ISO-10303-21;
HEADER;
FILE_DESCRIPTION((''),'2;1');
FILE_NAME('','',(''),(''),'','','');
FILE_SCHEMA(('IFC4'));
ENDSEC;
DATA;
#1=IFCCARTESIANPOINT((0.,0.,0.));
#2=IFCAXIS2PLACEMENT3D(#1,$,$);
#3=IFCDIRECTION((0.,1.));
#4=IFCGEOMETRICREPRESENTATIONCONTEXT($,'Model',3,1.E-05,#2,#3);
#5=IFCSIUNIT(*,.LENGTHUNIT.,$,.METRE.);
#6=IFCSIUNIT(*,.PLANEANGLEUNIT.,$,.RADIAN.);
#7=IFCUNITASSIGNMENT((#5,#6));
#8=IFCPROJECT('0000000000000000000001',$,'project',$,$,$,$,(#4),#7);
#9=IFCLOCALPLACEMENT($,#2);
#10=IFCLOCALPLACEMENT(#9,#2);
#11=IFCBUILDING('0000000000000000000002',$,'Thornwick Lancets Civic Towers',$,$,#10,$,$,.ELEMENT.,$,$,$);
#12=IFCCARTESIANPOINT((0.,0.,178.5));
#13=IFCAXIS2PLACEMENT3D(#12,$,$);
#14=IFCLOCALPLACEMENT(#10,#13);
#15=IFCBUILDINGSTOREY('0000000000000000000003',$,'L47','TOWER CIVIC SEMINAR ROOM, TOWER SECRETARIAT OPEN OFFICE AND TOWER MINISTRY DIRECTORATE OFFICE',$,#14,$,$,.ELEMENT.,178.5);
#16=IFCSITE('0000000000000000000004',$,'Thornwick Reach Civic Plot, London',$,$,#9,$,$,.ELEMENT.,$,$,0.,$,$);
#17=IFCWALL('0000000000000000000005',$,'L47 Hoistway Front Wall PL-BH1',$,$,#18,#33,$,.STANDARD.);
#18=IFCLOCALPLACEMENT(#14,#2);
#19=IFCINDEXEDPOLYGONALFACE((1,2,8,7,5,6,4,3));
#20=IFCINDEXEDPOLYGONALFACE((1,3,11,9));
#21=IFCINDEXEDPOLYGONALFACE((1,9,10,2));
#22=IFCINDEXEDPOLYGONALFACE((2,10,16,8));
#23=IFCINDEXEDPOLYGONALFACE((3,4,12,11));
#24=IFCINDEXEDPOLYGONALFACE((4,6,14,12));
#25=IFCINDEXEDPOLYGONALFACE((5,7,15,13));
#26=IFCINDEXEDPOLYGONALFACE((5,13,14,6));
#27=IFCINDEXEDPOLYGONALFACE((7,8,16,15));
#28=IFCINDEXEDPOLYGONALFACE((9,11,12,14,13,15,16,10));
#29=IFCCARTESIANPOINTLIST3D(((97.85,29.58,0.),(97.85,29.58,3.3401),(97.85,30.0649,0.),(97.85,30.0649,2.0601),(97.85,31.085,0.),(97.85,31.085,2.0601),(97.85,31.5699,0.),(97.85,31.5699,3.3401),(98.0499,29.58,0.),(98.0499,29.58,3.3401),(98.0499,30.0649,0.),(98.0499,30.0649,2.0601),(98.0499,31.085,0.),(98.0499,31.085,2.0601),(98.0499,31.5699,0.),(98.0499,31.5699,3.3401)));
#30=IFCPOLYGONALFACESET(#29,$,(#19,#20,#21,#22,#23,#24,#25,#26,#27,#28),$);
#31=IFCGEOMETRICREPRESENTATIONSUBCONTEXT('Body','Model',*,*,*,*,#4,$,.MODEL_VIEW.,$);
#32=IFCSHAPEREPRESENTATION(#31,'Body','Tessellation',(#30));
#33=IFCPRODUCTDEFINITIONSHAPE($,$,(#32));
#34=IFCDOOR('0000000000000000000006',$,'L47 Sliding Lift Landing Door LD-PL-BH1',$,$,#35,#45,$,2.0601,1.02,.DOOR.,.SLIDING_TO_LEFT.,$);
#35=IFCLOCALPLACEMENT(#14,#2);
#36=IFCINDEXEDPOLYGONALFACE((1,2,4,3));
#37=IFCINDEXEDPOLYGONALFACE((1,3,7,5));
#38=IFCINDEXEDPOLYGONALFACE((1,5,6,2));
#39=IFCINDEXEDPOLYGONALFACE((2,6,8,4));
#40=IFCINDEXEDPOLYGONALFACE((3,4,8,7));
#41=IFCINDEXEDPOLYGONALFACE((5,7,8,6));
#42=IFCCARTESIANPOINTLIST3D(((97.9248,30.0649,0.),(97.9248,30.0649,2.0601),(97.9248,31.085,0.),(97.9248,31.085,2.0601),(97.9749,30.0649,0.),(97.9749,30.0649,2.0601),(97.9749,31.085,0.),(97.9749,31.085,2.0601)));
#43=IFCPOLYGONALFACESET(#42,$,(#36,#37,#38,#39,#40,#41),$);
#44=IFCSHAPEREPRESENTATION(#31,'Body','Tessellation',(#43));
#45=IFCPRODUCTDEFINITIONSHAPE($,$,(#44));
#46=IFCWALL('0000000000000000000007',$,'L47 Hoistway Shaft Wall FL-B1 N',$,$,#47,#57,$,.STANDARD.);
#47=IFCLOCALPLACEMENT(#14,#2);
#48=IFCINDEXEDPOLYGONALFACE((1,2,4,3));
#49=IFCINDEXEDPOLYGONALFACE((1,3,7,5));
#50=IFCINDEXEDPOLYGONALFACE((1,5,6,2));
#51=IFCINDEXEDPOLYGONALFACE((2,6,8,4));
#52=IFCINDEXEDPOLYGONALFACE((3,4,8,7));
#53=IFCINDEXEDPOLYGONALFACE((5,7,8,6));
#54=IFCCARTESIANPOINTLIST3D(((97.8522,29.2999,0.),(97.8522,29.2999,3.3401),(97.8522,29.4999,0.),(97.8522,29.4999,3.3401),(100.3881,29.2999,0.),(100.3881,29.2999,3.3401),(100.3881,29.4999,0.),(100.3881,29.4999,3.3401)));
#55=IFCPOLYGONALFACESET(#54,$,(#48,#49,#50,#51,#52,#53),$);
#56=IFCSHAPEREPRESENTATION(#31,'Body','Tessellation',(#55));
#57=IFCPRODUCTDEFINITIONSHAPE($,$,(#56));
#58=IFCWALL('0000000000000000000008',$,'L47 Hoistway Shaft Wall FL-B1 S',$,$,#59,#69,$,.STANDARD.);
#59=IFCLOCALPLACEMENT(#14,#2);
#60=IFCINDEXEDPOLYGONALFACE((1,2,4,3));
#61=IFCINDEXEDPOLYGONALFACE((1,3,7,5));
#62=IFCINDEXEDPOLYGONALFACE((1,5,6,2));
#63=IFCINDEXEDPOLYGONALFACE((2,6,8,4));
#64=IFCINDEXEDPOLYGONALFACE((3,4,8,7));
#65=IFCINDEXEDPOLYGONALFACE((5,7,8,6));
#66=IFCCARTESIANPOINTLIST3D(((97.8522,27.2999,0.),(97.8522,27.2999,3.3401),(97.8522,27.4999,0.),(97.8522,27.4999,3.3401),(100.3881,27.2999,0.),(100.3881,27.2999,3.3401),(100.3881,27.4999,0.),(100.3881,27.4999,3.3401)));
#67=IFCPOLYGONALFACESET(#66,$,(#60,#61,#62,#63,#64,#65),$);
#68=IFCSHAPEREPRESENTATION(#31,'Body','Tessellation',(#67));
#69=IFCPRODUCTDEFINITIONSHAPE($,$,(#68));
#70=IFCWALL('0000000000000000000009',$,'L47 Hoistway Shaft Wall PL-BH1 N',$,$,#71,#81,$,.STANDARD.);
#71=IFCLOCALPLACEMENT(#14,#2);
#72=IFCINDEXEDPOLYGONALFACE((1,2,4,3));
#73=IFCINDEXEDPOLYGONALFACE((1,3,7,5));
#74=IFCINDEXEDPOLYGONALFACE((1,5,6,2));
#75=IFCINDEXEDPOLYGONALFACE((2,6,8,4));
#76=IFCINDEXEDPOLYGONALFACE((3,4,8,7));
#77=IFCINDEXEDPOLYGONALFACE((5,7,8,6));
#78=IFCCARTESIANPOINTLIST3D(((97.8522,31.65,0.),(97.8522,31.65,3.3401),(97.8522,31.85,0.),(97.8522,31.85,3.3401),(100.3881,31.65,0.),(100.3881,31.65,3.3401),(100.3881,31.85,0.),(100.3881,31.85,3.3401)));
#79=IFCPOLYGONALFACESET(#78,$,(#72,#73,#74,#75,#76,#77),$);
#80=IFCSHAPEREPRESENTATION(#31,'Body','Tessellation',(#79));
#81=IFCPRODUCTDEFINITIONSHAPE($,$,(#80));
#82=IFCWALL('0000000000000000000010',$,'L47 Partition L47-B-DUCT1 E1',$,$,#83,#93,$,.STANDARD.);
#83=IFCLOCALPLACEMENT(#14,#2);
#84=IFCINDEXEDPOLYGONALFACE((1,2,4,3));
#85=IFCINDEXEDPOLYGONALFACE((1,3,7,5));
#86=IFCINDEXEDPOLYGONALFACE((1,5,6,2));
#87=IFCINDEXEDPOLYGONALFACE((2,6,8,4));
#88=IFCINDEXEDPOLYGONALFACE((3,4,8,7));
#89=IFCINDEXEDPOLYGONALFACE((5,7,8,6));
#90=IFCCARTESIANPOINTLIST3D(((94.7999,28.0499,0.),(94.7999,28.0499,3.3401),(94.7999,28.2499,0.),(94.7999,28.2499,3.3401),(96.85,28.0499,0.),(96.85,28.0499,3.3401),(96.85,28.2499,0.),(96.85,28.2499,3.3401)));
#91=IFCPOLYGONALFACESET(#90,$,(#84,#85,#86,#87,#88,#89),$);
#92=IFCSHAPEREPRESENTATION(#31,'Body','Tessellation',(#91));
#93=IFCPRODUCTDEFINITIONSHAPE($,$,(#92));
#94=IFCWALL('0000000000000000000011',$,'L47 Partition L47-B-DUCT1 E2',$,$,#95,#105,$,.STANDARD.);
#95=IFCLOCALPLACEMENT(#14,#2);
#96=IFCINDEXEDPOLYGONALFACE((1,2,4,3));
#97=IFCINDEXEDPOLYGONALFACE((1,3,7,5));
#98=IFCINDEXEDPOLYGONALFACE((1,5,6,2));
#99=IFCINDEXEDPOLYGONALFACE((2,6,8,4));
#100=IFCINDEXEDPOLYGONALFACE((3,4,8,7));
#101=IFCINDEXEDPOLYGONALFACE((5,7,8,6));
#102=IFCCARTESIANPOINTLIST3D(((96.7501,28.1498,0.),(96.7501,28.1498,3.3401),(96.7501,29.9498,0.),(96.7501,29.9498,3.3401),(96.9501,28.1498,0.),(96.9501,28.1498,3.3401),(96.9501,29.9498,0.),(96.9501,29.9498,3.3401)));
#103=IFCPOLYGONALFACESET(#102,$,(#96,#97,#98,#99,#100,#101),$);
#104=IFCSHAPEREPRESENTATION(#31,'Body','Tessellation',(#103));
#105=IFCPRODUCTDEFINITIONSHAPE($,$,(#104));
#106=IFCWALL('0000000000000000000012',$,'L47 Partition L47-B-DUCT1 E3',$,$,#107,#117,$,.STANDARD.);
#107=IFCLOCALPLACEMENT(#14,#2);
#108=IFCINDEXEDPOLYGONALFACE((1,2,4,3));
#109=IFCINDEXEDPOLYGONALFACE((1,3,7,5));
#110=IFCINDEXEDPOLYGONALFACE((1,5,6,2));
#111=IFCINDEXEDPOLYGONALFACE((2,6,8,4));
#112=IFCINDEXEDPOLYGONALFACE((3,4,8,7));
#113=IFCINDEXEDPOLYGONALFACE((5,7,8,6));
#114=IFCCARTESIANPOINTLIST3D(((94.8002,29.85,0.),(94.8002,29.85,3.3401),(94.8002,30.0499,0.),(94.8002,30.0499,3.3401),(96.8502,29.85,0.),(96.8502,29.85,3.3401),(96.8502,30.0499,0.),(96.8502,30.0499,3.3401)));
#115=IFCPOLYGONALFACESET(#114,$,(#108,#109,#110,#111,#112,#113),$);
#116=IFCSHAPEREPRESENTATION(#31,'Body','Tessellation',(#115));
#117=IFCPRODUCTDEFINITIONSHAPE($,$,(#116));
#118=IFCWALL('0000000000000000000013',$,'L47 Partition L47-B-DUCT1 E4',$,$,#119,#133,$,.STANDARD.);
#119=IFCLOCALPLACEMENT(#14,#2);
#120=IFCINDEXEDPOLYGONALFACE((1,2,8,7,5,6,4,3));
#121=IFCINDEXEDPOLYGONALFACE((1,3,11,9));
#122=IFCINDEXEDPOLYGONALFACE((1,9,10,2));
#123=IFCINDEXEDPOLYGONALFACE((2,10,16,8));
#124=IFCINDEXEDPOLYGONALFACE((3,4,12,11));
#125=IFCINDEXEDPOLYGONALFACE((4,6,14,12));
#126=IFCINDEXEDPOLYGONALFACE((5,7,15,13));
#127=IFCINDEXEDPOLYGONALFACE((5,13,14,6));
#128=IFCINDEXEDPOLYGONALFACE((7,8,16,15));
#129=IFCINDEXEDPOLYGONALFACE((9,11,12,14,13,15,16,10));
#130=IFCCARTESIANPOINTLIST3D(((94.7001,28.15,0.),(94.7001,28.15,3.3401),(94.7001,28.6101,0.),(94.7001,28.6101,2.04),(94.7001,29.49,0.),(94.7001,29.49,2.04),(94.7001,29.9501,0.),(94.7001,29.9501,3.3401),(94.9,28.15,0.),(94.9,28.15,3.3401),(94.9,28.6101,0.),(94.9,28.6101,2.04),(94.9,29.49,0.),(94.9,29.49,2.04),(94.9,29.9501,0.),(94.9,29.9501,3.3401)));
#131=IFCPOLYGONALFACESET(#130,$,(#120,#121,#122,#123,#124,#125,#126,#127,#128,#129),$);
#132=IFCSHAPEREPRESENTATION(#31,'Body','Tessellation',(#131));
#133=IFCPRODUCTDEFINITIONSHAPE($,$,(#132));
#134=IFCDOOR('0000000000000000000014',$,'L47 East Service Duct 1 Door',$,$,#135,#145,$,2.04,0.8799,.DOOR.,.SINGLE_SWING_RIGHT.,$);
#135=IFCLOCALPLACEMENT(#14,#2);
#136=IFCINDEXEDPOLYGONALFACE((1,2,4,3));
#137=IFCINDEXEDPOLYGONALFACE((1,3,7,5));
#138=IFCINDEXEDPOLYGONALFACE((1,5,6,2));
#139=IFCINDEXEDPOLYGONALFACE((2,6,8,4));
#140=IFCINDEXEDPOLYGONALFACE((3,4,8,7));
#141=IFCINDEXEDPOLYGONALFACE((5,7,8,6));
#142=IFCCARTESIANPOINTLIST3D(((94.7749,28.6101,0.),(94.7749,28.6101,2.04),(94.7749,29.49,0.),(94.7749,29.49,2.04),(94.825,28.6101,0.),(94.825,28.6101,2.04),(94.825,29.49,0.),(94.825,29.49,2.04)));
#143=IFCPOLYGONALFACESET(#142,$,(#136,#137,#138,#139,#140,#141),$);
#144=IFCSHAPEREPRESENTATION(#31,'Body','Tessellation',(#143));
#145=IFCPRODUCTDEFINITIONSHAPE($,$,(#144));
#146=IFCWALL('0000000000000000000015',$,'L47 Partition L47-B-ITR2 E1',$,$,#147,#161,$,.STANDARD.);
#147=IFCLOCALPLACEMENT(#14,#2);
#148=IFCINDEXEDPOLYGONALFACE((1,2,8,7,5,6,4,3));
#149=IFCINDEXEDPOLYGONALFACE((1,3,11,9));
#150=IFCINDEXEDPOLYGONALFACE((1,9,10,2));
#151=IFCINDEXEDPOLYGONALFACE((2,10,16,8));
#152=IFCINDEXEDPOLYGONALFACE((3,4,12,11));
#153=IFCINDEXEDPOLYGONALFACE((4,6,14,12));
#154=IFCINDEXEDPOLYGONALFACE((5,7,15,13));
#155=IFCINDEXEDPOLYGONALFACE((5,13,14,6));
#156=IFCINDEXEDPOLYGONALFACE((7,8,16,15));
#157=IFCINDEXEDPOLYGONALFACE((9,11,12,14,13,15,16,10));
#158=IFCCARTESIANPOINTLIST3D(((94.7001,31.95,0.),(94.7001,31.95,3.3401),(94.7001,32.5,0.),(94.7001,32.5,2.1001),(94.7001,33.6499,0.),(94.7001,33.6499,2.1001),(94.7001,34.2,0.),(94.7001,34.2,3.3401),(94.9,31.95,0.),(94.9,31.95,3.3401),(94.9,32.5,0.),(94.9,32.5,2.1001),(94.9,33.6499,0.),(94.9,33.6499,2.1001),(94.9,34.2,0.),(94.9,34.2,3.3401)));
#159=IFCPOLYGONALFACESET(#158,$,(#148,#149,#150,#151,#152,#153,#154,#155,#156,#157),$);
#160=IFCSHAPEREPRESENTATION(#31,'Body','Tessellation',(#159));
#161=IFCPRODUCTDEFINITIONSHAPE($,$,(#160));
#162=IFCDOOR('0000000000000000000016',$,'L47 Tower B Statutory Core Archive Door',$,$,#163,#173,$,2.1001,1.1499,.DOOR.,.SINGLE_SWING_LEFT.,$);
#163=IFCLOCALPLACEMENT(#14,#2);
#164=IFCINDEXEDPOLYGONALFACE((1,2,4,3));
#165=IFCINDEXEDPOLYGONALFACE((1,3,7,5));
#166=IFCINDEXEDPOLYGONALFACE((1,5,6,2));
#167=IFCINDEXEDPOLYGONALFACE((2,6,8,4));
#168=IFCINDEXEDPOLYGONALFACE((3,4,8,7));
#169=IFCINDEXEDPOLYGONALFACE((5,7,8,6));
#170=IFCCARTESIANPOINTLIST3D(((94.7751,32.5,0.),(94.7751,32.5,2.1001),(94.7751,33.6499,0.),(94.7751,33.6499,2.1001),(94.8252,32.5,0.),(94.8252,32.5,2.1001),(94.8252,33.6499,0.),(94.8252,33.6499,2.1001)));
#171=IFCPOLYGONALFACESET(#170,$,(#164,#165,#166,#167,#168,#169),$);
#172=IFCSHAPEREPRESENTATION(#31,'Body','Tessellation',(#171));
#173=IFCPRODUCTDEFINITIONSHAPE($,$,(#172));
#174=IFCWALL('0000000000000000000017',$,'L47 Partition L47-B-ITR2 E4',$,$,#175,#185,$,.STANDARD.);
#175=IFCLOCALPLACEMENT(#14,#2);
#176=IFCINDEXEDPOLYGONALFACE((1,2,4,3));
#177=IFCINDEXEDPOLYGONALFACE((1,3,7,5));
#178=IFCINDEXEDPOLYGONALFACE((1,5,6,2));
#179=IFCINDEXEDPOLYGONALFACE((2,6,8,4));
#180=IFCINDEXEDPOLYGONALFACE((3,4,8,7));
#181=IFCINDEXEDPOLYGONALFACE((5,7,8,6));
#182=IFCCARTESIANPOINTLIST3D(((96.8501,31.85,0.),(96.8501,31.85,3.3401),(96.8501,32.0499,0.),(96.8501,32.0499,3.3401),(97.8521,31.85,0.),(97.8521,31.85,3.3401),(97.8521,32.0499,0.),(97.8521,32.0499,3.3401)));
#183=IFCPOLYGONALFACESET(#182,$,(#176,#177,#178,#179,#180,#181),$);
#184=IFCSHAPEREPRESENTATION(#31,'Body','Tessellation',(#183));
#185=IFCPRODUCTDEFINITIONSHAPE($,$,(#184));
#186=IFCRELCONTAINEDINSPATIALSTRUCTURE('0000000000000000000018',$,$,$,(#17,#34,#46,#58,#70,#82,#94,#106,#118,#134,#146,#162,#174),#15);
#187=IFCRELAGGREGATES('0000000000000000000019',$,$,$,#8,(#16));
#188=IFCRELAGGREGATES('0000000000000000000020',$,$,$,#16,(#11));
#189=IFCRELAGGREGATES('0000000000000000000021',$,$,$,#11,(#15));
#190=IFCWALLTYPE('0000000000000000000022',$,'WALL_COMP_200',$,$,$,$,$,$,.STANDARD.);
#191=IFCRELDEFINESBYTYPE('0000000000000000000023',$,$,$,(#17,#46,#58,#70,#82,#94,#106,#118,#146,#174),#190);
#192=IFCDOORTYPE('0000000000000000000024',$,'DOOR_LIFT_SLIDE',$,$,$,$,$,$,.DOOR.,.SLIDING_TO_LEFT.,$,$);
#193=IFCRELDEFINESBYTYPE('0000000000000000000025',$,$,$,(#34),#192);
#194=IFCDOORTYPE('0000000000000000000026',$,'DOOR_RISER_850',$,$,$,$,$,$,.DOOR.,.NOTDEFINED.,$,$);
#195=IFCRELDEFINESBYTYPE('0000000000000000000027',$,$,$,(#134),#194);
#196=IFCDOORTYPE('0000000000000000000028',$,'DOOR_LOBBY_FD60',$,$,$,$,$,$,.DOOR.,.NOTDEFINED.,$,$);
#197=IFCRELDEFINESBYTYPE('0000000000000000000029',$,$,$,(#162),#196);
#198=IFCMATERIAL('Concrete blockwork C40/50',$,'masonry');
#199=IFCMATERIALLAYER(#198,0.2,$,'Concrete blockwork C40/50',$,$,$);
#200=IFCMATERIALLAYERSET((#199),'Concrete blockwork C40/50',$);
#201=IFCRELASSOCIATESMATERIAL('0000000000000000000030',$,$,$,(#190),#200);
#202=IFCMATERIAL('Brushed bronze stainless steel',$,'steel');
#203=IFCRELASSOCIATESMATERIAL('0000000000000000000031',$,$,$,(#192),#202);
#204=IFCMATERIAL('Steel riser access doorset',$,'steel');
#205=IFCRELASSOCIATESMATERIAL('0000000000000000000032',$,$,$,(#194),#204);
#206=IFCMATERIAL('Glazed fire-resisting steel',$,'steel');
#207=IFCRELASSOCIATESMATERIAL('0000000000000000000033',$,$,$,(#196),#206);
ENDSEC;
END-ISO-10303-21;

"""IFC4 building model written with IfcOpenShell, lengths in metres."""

from ifc_helpers import new_model, si_unit, direction, frame, frame_2d, origin, place, context, subcontext, project, spatial, rectangle, extrude, material, layer, layer_set, type_object, element, fill, save


model = new_model("IFC4")

# Units and contexts
model_context = context("Model", 3, precision=1e-05, world=origin(), true_north=direction((0.0, 1.0)))
body_context = subcontext(model_context, "Body", "Model", "MODEL_VIEW")
ifc_project = project(units=[si_unit("LENGTHUNIT", "METRE"), si_unit("PLANEANGLEUNIT", "RADIAN")], contexts=[model_context])

# Site, building, storey
site_placement = place(None, origin())
site = spatial("IfcSite", under=ifc_project, at=site_placement, Name="Thornwick Reach Civic Plot, London", CompositionType="ELEMENT", RefElevation=0.0)
building_placement = place(site_placement, origin())
building = spatial("IfcBuilding", under=site, at=building_placement, Name="Thornwick Lancets Civic Towers", CompositionType="ELEMENT")
storey_placement = place(building_placement, frame((0.0, 0.0, 178.5)))
storey = spatial("IfcBuildingStorey", under=building, at=storey_placement, Name="L47", Description="TOWER CIVIC SEMINAR ROOM, TOWER SECRETARIAT OPEN OFFICE AND TOWER MINISTRY DIRECTORATE OFFICE", CompositionType="ELEMENT", Elevation=178.5)

# Wall, opening, door
ifc_material_1 = material(Name="Concrete blockwork C40/50", Category="masonry")
ifc_layer_1 = layer(ifc_material_1, 0.2, Name="Concrete blockwork C40/50")
ifc_layer_set_1 = layer_set([ifc_layer_1], Name="Concrete blockwork C40/50")
wall_type_1 = type_object("IfcWallType", Name="WALL_COMP_200", PredefinedType="STANDARD", material=ifc_layer_set_1)
ifc_material_2 = material(Name="Brushed bronze stainless steel", Category="steel")
door_type_1 = type_object("IfcDoorType", Name="DOOR_LIFT_SLIDE", OperationType="SLIDING_TO_LEFT", PredefinedType="DOOR", material=ifc_material_2)
wall_1_placement = place(storey_placement, frame((97.95, 31.5701, 0.0), z_axis=(0.0, 0.0, 1.0), x_axis=(0.0, -1.0, 0.0)))
wall_1 = element("IfcWall", 1, at=wall_1_placement, inside=storey, type_object=wall_type_1, Name="L47 Hoistway Front Wall PL-BH1", PredefinedType="STANDARD", context=body_context, shape_type="SweptSolid", body=[
    extrude(rectangle(XDim=1.99, YDim=0.2, at=frame_2d((0.9951, 0.0))), origin(), (0.0, 0.0, 1.0), 3.3401),
])
opening_1_placement = place(wall_1_placement, frame((0.4851, 0.0, 0.0)))
opening_1 = element("IfcOpeningElement", 2, at=opening_1_placement, cuts=wall_1, PredefinedType="OPENING", context=body_context, shape_type="SweptSolid", body=[
    extrude(rectangle(XDim=1.02, YDim=2.0601, at=frame_2d((0.51, 1.03))), frame((0.0, 0.1099, 0.0), z_axis=(0.0, -1.0, 0.0), x_axis=(1.0, 0.0, 0.0)), (0.0, 0.0, 1.0), 0.22),
])
door_1_placement = place(opening_1_placement, origin())
door_1 = element("IfcDoor", 3, at=door_1_placement, inside=storey, type_object=door_type_1, Name="L47 Sliding Lift Landing Door LD-PL-BH1", OperationType="SLIDING_TO_LEFT", OverallHeight=2.0601, OverallWidth=1.02, PredefinedType="DOOR", context=body_context, shape_type="SweptSolid", body=[
    extrude(rectangle(XDim=1.02, YDim=2.0601, at=frame_2d((0.51, 1.03))), frame((0.0, 0.0249, 0.0), z_axis=(0.0, -1.0, 0.0), x_axis=(1.0, 0.0, 0.0)), (0.0, 0.0, 1.0), 0.05),
])
fill(opening_1, door_1)

# Walls
for number, where, z_axis, x_axis, name in (
    (4, (97.8521, 29.3999, 0.0), (0.0, 0.0, 1.0), (1.0, 0.0, 0.0), "L47 Hoistway Shaft Wall FL-B1 N"),
    (5, (97.8521, 27.3999, 0.0), (0.0, 0.0, 1.0), (1.0, 0.0, 0.0), "L47 Hoistway Shaft Wall FL-B1 S"),
    (6, (97.8521, 31.75, 0.0), (0.0, 0.0, 1.0), (1.0, 0.0, 0.0), "L47 Hoistway Shaft Wall PL-BH1 N"),
):
    element("IfcWall", number, at=place(storey_placement, frame(where, z_axis=z_axis, x_axis=x_axis)), inside=storey, type_object=wall_type_1, Name=name, PredefinedType="STANDARD", context=body_context, shape_type="SweptSolid", body=[
        extrude(rectangle(XDim=2.5359, YDim=0.2, at=frame_2d((1.2681, 0.0))), origin(), (0.0, 0.0, 1.0), 3.3401),
    ])
wall_2_placement = place(storey_placement, frame((94.8, 28.1499, 0.0), z_axis=(0.0, 0.0, 1.0), x_axis=(1.0, 0.0, 0.0)))
element("IfcWall", 7, at=wall_2_placement, inside=storey, type_object=wall_type_1, Name="L47 Partition L47-B-DUCT1 E1", PredefinedType="STANDARD", context=body_context, shape_type="SweptSolid", body=[
    extrude(rectangle(XDim=2.05, YDim=0.2, at=frame_2d((1.0249, 0.0))), origin(), (0.0, 0.0, 1.0), 3.3401),
])
wall_3_placement = place(storey_placement, frame((96.8501, 28.1499, 0.0), z_axis=(0.0, 0.0, 1.0), x_axis=(0.0, 1.0, 0.0)))
element("IfcWall", 8, at=wall_3_placement, inside=storey, type_object=wall_type_1, Name="L47 Partition L47-B-DUCT1 E2", PredefinedType="STANDARD", context=body_context, shape_type="SweptSolid", body=[
    extrude(rectangle(XDim=1.8, YDim=0.2, at=frame_2d((0.8999, 0.0))), origin(), (0.0, 0.0, 1.0), 3.3401),
])
wall_4_placement = place(storey_placement, frame((96.8501, 29.95, 0.0), z_axis=(0.0, 0.0, 1.0), x_axis=(-1.0, 0.0, 0.0)))
element("IfcWall", 9, at=wall_4_placement, inside=storey, type_object=wall_type_1, Name="L47 Partition L47-B-DUCT1 E3", PredefinedType="STANDARD", context=body_context, shape_type="SweptSolid", body=[
    extrude(rectangle(XDim=2.05, YDim=0.2, at=frame_2d((1.0249, 0.0))), origin(), (0.0, 0.0, 1.0), 3.3401),
])

# Walls, openings, doors
wall_5_placement = place(storey_placement, frame((94.8, 29.95, 0.0), z_axis=(0.0, 0.0, 1.0), x_axis=(0.0, -1.0, 0.0)))
wall_5 = element("IfcWall", 10, at=wall_5_placement, inside=storey, type_object=wall_type_1, Name="L47 Partition L47-B-DUCT1 E4", PredefinedType="STANDARD", context=body_context, shape_type="SweptSolid", body=[
    extrude(rectangle(XDim=1.8, YDim=0.2, at=frame_2d((0.8999, 0.0))), origin(), (0.0, 0.0, 1.0), 3.3401),
])
opening_2_placement = place(wall_5_placement, frame((0.46, 0.0, 0.0)))
opening_2 = element("IfcOpeningElement", 11, at=opening_2_placement, cuts=wall_5, PredefinedType="OPENING", context=body_context, shape_type="SweptSolid", body=[
    extrude(rectangle(XDim=0.8799, YDim=2.04, at=frame_2d((0.4399, 1.02))), frame((0.0, 0.1099, 0.0), z_axis=(0.0, -1.0, 0.0), x_axis=(1.0, 0.0, 0.0)), (0.0, 0.0, 1.0), 0.22),
])
ifc_material_3 = material(Name="Steel riser access doorset", Category="steel")
door_type_2 = type_object("IfcDoorType", Name="DOOR_RISER_850", OperationType="NOTDEFINED", PredefinedType="DOOR", material=ifc_material_3)
door_2_placement = place(opening_2_placement, origin())
door_2 = element("IfcDoor", 12, at=door_2_placement, inside=storey, type_object=door_type_2, Name="L47 East Service Duct 1 Door", OperationType="SINGLE_SWING_RIGHT", OverallHeight=2.04, OverallWidth=0.8799, PredefinedType="DOOR", context=body_context, shape_type="SweptSolid", body=[
    extrude(rectangle(XDim=0.8799, YDim=2.04, at=frame_2d((0.4399, 1.02))), frame((0.0, 0.0249, 0.0), z_axis=(0.0, -1.0, 0.0), x_axis=(1.0, 0.0, 0.0)), (0.0, 0.0, 1.0), 0.05),
])
fill(opening_2, door_2)
wall_6_placement = place(storey_placement, frame((94.8, 31.95, 0.0), z_axis=(0.0, 0.0, 1.0), x_axis=(0.0, 1.0, 0.0)))
wall_6 = element("IfcWall", 13, at=wall_6_placement, inside=storey, type_object=wall_type_1, Name="L47 Partition L47-B-ITR2 E1", PredefinedType="STANDARD", context=body_context, shape_type="SweptSolid", body=[
    extrude(rectangle(XDim=2.25, YDim=0.2, at=frame_2d((1.125, 0.0))), origin(), (0.0, 0.0, 1.0), 3.3401),
])
opening_3_placement = place(wall_6_placement, frame((0.55, 0.0, 0.0)))
opening_3 = element("IfcOpeningElement", 14, at=opening_3_placement, cuts=wall_6, PredefinedType="OPENING", context=body_context, shape_type="SweptSolid", body=[
    extrude(rectangle(XDim=1.1499, YDim=2.1001, at=frame_2d((0.575, 1.05))), frame((0.0, 0.1099, 0.0), z_axis=(0.0, -1.0, 0.0), x_axis=(1.0, 0.0, 0.0)), (0.0, 0.0, 1.0), 0.22),
])
ifc_material_4 = material(Name="Glazed fire-resisting steel", Category="steel")
door_type_3 = type_object("IfcDoorType", Name="DOOR_LOBBY_FD60", OperationType="NOTDEFINED", PredefinedType="DOOR", material=ifc_material_4)
door_3_placement = place(opening_3_placement, origin())
door_3 = element("IfcDoor", 15, at=door_3_placement, inside=storey, type_object=door_type_3, Name="L47 Tower B Statutory Core Archive Door", OperationType="SINGLE_SWING_LEFT", OverallHeight=2.1001, OverallWidth=1.1499, PredefinedType="DOOR", context=body_context, shape_type="SweptSolid", body=[
    extrude(rectangle(XDim=1.1499, YDim=2.1001, at=frame_2d((0.575, 1.05))), frame((0.0, 0.0249, 0.0), z_axis=(0.0, -1.0, 0.0), x_axis=(1.0, 0.0, 0.0)), (0.0, 0.0, 1.0), 0.05),
])
fill(opening_3, door_3)

# Wall
wall_7_placement = place(storey_placement, frame((97.8521, 31.95, 0.0), z_axis=(0.0, 0.0, 1.0), x_axis=(-1.0, 0.0, 0.0)))
element("IfcWall", 16, at=wall_7_placement, inside=storey, type_object=wall_type_1, Name="L47 Partition L47-B-ITR2 E4", PredefinedType="STANDARD", context=body_context, shape_type="SweptSolid", body=[
    extrude(rectangle(XDim=1.002, YDim=0.2, at=frame_2d((0.501, 0.0))), origin(), (0.0, 0.0, 1.0), 3.3401),
])

save(model, "model.ifc")
